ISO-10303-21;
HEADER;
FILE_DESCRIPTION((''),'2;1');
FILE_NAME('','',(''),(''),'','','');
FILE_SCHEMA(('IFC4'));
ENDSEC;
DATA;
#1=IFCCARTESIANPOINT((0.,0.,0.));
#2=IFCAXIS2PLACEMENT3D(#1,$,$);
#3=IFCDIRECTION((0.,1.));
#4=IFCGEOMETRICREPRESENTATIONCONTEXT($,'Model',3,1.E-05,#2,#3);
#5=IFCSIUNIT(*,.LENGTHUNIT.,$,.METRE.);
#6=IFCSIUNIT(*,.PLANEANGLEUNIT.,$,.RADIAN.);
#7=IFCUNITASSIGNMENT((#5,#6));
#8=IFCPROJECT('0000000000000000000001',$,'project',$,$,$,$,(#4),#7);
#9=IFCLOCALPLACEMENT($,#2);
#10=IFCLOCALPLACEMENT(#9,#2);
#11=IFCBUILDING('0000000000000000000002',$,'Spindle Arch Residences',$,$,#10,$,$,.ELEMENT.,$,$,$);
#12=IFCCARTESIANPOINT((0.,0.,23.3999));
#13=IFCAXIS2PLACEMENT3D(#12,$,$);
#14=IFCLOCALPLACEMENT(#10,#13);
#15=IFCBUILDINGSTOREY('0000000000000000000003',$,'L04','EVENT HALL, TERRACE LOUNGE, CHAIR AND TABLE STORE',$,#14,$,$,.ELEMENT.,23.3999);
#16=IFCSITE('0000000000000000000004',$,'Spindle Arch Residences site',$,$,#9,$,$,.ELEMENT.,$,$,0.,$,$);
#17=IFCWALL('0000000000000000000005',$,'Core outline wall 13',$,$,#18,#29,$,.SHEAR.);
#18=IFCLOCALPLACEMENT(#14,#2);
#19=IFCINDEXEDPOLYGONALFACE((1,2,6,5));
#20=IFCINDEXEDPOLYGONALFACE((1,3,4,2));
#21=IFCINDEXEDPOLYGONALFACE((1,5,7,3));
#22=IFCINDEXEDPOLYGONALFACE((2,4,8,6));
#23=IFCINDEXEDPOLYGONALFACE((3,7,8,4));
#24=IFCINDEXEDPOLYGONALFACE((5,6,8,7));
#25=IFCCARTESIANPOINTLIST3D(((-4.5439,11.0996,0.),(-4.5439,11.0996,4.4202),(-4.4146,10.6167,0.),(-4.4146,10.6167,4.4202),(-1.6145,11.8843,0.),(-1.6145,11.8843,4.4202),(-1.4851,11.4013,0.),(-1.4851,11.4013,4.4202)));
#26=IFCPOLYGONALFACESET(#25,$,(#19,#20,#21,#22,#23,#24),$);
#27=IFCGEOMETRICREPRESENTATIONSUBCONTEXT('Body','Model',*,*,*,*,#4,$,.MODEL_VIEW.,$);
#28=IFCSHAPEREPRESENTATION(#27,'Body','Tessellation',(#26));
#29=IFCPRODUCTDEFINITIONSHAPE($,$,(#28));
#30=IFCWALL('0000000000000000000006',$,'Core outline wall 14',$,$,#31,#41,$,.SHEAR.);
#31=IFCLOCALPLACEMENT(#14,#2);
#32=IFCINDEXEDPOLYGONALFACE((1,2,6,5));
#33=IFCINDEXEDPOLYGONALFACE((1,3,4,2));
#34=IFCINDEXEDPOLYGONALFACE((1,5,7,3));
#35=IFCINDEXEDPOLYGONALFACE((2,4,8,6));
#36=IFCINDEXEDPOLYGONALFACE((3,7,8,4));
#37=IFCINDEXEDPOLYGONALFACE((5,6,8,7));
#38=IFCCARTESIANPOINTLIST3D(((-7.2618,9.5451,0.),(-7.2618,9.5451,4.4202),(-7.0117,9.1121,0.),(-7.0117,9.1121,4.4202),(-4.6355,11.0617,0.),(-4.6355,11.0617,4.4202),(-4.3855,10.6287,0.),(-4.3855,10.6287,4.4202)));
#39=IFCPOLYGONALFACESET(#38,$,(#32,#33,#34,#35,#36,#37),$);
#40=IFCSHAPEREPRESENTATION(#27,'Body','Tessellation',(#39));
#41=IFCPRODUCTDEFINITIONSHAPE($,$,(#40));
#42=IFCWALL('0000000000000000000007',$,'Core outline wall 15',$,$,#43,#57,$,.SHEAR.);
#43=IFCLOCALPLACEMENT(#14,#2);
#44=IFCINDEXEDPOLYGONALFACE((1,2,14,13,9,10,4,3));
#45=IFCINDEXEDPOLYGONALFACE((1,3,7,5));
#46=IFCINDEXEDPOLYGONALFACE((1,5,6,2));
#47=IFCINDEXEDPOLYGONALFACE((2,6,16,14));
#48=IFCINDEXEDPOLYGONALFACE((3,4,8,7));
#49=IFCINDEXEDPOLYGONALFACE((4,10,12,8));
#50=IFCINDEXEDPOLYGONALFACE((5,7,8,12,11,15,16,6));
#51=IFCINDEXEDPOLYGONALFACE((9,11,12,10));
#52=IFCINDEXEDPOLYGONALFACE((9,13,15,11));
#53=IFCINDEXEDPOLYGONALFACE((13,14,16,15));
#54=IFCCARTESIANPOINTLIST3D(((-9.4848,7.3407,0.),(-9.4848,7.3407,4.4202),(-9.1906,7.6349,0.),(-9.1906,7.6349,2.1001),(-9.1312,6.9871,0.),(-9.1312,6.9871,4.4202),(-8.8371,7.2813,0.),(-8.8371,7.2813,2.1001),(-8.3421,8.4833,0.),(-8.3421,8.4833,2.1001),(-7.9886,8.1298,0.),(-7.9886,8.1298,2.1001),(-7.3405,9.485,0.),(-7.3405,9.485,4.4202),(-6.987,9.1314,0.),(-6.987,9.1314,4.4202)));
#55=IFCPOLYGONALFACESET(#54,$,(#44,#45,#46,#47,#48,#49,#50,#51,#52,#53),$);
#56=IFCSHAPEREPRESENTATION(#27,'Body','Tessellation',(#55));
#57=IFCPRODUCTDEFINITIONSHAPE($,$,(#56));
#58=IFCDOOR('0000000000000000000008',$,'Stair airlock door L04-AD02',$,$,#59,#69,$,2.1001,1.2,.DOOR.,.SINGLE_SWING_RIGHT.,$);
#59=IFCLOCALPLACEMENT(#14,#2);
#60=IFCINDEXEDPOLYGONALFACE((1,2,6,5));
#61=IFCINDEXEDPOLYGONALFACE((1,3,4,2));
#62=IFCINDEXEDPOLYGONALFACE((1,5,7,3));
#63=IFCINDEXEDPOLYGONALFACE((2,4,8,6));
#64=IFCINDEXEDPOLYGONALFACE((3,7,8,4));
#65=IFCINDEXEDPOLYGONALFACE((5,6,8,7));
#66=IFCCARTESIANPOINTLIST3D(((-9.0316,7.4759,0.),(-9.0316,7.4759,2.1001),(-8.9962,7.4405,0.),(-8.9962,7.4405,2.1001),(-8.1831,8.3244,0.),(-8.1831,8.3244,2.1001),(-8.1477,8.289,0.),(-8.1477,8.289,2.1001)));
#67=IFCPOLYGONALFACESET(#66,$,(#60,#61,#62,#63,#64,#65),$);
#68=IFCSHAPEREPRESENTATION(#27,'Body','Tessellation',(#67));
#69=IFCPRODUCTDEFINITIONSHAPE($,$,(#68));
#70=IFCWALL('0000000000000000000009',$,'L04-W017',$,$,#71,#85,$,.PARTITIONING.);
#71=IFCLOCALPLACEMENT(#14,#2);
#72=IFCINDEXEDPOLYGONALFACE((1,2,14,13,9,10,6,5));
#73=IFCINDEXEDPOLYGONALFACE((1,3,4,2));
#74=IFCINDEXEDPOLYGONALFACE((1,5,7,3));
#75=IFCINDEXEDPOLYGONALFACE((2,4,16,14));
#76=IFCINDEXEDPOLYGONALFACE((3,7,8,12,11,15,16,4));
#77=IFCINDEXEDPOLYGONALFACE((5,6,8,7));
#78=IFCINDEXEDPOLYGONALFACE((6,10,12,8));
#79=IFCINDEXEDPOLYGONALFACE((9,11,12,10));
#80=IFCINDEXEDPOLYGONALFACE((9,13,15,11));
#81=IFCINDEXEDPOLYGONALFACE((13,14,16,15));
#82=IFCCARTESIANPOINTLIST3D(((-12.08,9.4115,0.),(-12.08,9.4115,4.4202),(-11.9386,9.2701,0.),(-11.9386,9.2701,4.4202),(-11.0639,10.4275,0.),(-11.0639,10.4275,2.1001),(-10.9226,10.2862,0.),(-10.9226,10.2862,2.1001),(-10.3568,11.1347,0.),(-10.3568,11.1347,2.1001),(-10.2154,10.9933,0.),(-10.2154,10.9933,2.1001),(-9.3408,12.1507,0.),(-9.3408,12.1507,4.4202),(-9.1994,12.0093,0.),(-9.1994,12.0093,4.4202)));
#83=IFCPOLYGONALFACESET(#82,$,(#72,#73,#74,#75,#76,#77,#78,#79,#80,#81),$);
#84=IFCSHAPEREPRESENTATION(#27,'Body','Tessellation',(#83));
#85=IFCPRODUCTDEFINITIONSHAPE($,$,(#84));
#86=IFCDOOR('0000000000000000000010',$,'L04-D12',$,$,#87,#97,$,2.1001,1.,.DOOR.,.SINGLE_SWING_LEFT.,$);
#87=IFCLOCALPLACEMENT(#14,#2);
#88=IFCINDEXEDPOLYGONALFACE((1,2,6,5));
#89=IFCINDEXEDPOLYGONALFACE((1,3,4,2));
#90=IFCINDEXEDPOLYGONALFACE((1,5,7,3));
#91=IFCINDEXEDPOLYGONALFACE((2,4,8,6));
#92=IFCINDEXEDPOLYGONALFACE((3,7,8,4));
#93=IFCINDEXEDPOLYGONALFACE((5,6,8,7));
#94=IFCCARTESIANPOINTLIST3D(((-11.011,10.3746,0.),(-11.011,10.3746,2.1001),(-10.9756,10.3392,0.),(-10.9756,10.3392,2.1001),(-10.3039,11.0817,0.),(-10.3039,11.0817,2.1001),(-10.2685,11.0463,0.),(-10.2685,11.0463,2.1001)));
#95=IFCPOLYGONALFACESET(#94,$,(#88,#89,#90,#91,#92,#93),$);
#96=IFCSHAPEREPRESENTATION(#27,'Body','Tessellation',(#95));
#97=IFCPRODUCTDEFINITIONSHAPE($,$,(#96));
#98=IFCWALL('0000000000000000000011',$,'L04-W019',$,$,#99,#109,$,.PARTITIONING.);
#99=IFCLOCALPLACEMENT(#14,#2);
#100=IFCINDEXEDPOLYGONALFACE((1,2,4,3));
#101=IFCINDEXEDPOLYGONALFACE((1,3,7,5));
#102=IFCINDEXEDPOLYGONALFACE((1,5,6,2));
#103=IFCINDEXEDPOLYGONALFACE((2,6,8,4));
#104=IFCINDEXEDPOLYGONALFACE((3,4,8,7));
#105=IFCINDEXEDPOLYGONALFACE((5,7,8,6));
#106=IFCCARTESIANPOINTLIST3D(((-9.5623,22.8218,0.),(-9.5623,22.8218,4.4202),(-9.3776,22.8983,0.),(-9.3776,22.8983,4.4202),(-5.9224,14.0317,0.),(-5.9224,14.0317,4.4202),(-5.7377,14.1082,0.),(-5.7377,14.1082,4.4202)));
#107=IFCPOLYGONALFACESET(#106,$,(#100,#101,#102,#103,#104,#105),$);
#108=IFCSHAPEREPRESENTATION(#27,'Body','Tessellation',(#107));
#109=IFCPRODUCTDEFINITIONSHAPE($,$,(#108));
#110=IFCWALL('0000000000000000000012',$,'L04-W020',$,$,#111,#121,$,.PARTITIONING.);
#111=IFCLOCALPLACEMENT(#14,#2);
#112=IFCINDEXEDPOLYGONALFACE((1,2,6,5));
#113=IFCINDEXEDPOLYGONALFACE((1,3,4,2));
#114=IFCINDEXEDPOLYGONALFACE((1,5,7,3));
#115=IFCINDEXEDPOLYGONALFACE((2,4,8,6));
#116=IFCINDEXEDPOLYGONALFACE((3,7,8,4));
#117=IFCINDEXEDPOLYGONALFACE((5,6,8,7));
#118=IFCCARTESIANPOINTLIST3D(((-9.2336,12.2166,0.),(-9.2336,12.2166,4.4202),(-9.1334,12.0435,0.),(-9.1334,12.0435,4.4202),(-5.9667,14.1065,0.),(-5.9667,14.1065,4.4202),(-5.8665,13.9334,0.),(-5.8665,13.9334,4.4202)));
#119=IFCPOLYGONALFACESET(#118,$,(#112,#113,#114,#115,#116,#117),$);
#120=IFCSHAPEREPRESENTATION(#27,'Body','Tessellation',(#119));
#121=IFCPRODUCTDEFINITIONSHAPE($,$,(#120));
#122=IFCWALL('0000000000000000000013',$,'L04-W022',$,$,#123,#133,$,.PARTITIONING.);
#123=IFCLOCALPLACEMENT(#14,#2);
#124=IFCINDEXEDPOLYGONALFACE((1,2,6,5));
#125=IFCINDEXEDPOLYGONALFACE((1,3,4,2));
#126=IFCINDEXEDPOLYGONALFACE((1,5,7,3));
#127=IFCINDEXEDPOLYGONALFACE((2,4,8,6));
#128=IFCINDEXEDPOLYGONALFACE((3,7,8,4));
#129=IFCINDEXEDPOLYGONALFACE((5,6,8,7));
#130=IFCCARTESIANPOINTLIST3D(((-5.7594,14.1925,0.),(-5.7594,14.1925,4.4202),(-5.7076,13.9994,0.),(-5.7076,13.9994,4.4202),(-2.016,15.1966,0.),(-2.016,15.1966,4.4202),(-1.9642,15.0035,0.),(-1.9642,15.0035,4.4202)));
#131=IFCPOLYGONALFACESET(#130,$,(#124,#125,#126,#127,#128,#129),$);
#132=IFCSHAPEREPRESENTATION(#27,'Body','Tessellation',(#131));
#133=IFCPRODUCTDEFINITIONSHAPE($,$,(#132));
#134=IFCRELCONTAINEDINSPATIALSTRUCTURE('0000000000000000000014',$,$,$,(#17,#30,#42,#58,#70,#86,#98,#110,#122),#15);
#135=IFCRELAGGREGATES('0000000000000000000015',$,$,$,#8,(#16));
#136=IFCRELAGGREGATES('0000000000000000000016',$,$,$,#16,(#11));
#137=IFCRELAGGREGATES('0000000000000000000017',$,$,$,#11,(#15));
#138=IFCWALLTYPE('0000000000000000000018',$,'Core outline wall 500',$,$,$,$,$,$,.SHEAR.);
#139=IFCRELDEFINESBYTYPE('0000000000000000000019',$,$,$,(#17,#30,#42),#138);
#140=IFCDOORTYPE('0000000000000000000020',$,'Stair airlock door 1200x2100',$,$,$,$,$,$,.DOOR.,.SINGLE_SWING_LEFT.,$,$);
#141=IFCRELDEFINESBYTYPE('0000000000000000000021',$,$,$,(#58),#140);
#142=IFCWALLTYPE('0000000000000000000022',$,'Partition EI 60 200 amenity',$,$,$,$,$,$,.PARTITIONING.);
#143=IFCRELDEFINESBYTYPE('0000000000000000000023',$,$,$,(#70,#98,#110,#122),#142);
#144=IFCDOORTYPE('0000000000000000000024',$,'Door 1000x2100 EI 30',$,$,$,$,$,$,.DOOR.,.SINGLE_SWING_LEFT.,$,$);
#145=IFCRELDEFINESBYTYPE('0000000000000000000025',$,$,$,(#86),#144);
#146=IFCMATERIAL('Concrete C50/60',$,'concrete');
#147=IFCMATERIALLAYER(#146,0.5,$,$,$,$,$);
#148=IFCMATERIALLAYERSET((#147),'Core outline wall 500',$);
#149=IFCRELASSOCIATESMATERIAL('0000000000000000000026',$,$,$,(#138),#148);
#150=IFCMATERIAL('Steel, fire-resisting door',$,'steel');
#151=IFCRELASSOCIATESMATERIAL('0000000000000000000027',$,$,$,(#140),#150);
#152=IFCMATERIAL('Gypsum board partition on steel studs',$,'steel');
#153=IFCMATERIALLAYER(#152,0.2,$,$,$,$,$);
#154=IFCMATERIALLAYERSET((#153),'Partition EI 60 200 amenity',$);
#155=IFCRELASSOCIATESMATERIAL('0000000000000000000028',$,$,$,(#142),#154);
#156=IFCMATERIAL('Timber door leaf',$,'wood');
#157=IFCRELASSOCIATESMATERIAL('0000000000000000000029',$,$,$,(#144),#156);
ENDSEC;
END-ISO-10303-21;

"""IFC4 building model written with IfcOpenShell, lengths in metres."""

from ifc_helpers import new_model, si_unit, direction, frame, frame_2d, origin, place, context, subcontext, project, spatial, rectangle, extrude, material, layer, layer_set, type_object, element, fill, save


model = new_model("IFC4")

# Units and contexts
model_context = context("Model", 3, precision=1e-05, world=origin(), true_north=direction((0.0, 1.0)))
body_context = subcontext(model_context, "Body", "Model", "MODEL_VIEW")
ifc_project = project(units=[si_unit("LENGTHUNIT", "METRE"), si_unit("PLANEANGLEUNIT", "RADIAN")], contexts=[model_context])

# Site, building, storey
site_placement = place(None, origin())
site = spatial("IfcSite", under=ifc_project, at=site_placement, Name="Spindle Arch Residences site", CompositionType="ELEMENT", RefElevation=0.0)
building_placement = place(site_placement, origin())
building = spatial("IfcBuilding", under=site, at=building_placement, Name="Spindle Arch Residences", CompositionType="ELEMENT")
storey_placement = place(building_placement, frame((0.0, 0.0, 23.3999)))
storey = spatial("IfcBuildingStorey", under=building, at=storey_placement, Name="L04", Description="EVENT HALL, TERRACE LOUNGE, CHAIR AND TABLE STORE", CompositionType="ELEMENT", Elevation=23.3999)

# Walls
ifc_material_1 = material(Name="Concrete C50/60", Category="concrete")
ifc_layer_1 = layer(ifc_material_1, 0.5)
ifc_layer_set_1 = layer_set([ifc_layer_1], Name="Core outline wall 500")
wall_type_1 = type_object("IfcWallType", Name="Core outline wall 500", PredefinedType="SHEAR", material=ifc_layer_set_1)
for number, where, z_axis, x_axis, name in (
    (1, (-1.5498, 11.6428, 0.0), (0.0, 0.0, 1.0), (-0.965948, -0.258735, 0.0), "Core outline wall 13"),
    (2, (-4.5105, 10.8452, 0.0), (0.0, 0.0, 1.0), (-0.865975, -0.500087, 0.0), "Core outline wall 14"),
):
    element("IfcWall", number, at=place(storey_placement, frame(where, z_axis=z_axis, x_axis=x_axis)), inside=storey, type_object=wall_type_1, Name=name, PredefinedType="SHEAR", context=body_context, shape_type="SweptSolid", body=[
        extrude(rectangle(XDim=3.0327, YDim=0.5, at=frame_2d((1.5164, 0.0))), origin(), (0.0, 0.0, 1.0), 4.4202),
    ])

# Walls, openings, doors
wall_1_placement = place(storey_placement, frame((-7.1638, 9.3081, 0.0), z_axis=(0.0, 0.0, 1.0), x_axis=(-0.707107, -0.707107, 0.0)))
wall_1 = element("IfcWall", 3, at=wall_1_placement, inside=storey, type_object=wall_type_1, Name="Core outline wall 15", PredefinedType="SHEAR", context=body_context, shape_type="SweptSolid", body=[
    extrude(rectangle(XDim=3.0325, YDim=0.5, at=frame_2d((1.5161, 0.0))), origin(), (0.0, 0.0, 1.0), 4.4202),
])
opening_1_placement = place(wall_1_placement, frame((1.4163, 0.0, 0.0)))
opening_1 = element("IfcOpeningElement", 4, at=opening_1_placement, cuts=wall_1, PredefinedType="OPENING", context=body_context, shape_type="SweptSolid", body=[
    extrude(rectangle(XDim=1.2, YDim=2.1001, at=frame_2d((0.6001, 1.05))), frame((0.0, 0.26, 0.0), z_axis=(0.0, -1.0, 0.0), x_axis=(1.0, 0.0, 0.0)), (0.0, 0.0, 1.0), 0.52),
])
ifc_material_2 = material(Name="Steel, fire-resisting door", Category="steel")
door_type_1 = type_object("IfcDoorType", Name="Stair airlock door 1200x2100", OperationType="SINGLE_SWING_LEFT", PredefinedType="DOOR", material=ifc_material_2)
door_1_placement = place(opening_1_placement, origin())
door_1 = element("IfcDoor", 5, at=door_1_placement, inside=storey, type_object=door_type_1, Name="Stair airlock door L04-AD02", OperationType="SINGLE_SWING_RIGHT", OverallHeight=2.1001, OverallWidth=1.2, PredefinedType="DOOR", context=body_context, shape_type="SweptSolid", body=[
    extrude(rectangle(XDim=1.2, YDim=2.1001, at=frame_2d((0.6001, 1.05))), frame((0.0, 0.0249, 0.0), z_axis=(0.0, -1.0, 0.0), x_axis=(1.0, 0.0, 0.0)), (0.0, 0.0, 1.0), 0.05),
])
fill(opening_1, door_1)
ifc_material_3 = material(Name="Gypsum board partition on steel studs", Category="steel")
ifc_layer_2 = layer(ifc_material_3, 0.2)
ifc_layer_set_2 = layer_set([ifc_layer_2], Name="Partition EI 60 200 amenity")
wall_type_2 = type_object("IfcWallType", Name="Partition EI 60 200 amenity", PredefinedType="PARTITIONING", material=ifc_layer_set_2)
wall_2_placement = place(storey_placement, frame((-9.27, 12.0801, 0.0), z_axis=(0.0, 0.0, 1.0), x_axis=(-0.707107, -0.707107, 0.0)))
wall_2 = element("IfcWall", 6, at=wall_2_placement, inside=storey, type_object=wall_type_2, Name="L04-W017", PredefinedType="PARTITIONING", context=body_context, shape_type="SweptSolid", body=[
    extrude(rectangle(XDim=3.8738, YDim=0.2, at=frame_2d((1.937, 0.0))), origin(), (0.0, 0.0, 1.0), 4.4202),
])
opening_2_placement = place(wall_2_placement, frame((1.437, 0.0, 0.0)))
opening_2 = element("IfcOpeningElement", 7, at=opening_2_placement, cuts=wall_2, PredefinedType="OPENING", context=body_context, shape_type="SweptSolid", body=[
    extrude(rectangle(XDim=1.0, YDim=2.1001, at=frame_2d((0.5, 1.05))), frame((0.0, 0.1099, 0.0), z_axis=(0.0, -1.0, 0.0), x_axis=(1.0, 0.0, 0.0)), (0.0, 0.0, 1.0), 0.22),
])
ifc_material_4 = material(Name="Timber door leaf", Category="wood")
door_type_2 = type_object("IfcDoorType", Name="Door 1000x2100 EI 30", OperationType="SINGLE_SWING_LEFT", PredefinedType="DOOR", material=ifc_material_4)
door_2_placement = place(opening_2_placement, origin())
door_2 = element("IfcDoor", 8, at=door_2_placement, inside=storey, type_object=door_type_2, Name="L04-D12", OperationType="SINGLE_SWING_LEFT", OverallHeight=2.1001, OverallWidth=1.0, PredefinedType="DOOR", context=body_context, shape_type="SweptSolid", body=[
    extrude(rectangle(XDim=1.0, YDim=2.1001, at=frame_2d((0.5, 1.05))), frame((0.0, 0.0249, 0.0), z_axis=(0.0, -1.0, 0.0), x_axis=(1.0, 0.0, 0.0)), (0.0, 0.0, 1.0), 0.05),
])
fill(opening_2, door_2)

# Walls
wall_3_placement = place(storey_placement, frame((-5.8301, 14.0701, 0.0), z_axis=(0.0, 0.0, 1.0), x_axis=(-0.382588, 0.923919, 0.0)))
element("IfcWall", 9, at=wall_3_placement, inside=storey, type_object=wall_type_2, Name="L04-W019", PredefinedType="PARTITIONING", context=body_context, shape_type="SweptSolid", body=[
    extrude(rectangle(XDim=9.5139, YDim=0.2, at=frame_2d((4.7568, 0.0))), origin(), (0.0, 0.0, 1.0), 4.4202),
])
wall_4_placement = place(storey_placement, frame((-5.9165, 14.02, 0.0), z_axis=(0.0, 0.0, 1.0), x_axis=(-0.865592, -0.500751, 0.0)))
element("IfcWall", 10, at=wall_4_placement, inside=storey, type_object=wall_type_2, Name="L04-W020", PredefinedType="PARTITIONING", context=body_context, shape_type="SweptSolid", body=[
    extrude(rectangle(XDim=3.7742, YDim=0.2, at=frame_2d((1.8872, 0.0))), origin(), (0.0, 0.0, 1.0), 4.4202),
])
wall_5_placement = place(storey_placement, frame((-1.99, 15.1001, 0.0), z_axis=(0.0, 0.0, 1.0), x_axis=(-0.965854, -0.259086, 0.0)))
element("IfcWall", 11, at=wall_5_placement, inside=storey, type_object=wall_type_2, Name="L04-W022", PredefinedType="PARTITIONING", context=body_context, shape_type="SweptSolid", body=[
    extrude(rectangle(XDim=3.8757, YDim=0.2, at=frame_2d((1.938, 0.0))), origin(), (0.0, 0.0, 1.0), 4.4202),
])

save(model, "model.ifc")
